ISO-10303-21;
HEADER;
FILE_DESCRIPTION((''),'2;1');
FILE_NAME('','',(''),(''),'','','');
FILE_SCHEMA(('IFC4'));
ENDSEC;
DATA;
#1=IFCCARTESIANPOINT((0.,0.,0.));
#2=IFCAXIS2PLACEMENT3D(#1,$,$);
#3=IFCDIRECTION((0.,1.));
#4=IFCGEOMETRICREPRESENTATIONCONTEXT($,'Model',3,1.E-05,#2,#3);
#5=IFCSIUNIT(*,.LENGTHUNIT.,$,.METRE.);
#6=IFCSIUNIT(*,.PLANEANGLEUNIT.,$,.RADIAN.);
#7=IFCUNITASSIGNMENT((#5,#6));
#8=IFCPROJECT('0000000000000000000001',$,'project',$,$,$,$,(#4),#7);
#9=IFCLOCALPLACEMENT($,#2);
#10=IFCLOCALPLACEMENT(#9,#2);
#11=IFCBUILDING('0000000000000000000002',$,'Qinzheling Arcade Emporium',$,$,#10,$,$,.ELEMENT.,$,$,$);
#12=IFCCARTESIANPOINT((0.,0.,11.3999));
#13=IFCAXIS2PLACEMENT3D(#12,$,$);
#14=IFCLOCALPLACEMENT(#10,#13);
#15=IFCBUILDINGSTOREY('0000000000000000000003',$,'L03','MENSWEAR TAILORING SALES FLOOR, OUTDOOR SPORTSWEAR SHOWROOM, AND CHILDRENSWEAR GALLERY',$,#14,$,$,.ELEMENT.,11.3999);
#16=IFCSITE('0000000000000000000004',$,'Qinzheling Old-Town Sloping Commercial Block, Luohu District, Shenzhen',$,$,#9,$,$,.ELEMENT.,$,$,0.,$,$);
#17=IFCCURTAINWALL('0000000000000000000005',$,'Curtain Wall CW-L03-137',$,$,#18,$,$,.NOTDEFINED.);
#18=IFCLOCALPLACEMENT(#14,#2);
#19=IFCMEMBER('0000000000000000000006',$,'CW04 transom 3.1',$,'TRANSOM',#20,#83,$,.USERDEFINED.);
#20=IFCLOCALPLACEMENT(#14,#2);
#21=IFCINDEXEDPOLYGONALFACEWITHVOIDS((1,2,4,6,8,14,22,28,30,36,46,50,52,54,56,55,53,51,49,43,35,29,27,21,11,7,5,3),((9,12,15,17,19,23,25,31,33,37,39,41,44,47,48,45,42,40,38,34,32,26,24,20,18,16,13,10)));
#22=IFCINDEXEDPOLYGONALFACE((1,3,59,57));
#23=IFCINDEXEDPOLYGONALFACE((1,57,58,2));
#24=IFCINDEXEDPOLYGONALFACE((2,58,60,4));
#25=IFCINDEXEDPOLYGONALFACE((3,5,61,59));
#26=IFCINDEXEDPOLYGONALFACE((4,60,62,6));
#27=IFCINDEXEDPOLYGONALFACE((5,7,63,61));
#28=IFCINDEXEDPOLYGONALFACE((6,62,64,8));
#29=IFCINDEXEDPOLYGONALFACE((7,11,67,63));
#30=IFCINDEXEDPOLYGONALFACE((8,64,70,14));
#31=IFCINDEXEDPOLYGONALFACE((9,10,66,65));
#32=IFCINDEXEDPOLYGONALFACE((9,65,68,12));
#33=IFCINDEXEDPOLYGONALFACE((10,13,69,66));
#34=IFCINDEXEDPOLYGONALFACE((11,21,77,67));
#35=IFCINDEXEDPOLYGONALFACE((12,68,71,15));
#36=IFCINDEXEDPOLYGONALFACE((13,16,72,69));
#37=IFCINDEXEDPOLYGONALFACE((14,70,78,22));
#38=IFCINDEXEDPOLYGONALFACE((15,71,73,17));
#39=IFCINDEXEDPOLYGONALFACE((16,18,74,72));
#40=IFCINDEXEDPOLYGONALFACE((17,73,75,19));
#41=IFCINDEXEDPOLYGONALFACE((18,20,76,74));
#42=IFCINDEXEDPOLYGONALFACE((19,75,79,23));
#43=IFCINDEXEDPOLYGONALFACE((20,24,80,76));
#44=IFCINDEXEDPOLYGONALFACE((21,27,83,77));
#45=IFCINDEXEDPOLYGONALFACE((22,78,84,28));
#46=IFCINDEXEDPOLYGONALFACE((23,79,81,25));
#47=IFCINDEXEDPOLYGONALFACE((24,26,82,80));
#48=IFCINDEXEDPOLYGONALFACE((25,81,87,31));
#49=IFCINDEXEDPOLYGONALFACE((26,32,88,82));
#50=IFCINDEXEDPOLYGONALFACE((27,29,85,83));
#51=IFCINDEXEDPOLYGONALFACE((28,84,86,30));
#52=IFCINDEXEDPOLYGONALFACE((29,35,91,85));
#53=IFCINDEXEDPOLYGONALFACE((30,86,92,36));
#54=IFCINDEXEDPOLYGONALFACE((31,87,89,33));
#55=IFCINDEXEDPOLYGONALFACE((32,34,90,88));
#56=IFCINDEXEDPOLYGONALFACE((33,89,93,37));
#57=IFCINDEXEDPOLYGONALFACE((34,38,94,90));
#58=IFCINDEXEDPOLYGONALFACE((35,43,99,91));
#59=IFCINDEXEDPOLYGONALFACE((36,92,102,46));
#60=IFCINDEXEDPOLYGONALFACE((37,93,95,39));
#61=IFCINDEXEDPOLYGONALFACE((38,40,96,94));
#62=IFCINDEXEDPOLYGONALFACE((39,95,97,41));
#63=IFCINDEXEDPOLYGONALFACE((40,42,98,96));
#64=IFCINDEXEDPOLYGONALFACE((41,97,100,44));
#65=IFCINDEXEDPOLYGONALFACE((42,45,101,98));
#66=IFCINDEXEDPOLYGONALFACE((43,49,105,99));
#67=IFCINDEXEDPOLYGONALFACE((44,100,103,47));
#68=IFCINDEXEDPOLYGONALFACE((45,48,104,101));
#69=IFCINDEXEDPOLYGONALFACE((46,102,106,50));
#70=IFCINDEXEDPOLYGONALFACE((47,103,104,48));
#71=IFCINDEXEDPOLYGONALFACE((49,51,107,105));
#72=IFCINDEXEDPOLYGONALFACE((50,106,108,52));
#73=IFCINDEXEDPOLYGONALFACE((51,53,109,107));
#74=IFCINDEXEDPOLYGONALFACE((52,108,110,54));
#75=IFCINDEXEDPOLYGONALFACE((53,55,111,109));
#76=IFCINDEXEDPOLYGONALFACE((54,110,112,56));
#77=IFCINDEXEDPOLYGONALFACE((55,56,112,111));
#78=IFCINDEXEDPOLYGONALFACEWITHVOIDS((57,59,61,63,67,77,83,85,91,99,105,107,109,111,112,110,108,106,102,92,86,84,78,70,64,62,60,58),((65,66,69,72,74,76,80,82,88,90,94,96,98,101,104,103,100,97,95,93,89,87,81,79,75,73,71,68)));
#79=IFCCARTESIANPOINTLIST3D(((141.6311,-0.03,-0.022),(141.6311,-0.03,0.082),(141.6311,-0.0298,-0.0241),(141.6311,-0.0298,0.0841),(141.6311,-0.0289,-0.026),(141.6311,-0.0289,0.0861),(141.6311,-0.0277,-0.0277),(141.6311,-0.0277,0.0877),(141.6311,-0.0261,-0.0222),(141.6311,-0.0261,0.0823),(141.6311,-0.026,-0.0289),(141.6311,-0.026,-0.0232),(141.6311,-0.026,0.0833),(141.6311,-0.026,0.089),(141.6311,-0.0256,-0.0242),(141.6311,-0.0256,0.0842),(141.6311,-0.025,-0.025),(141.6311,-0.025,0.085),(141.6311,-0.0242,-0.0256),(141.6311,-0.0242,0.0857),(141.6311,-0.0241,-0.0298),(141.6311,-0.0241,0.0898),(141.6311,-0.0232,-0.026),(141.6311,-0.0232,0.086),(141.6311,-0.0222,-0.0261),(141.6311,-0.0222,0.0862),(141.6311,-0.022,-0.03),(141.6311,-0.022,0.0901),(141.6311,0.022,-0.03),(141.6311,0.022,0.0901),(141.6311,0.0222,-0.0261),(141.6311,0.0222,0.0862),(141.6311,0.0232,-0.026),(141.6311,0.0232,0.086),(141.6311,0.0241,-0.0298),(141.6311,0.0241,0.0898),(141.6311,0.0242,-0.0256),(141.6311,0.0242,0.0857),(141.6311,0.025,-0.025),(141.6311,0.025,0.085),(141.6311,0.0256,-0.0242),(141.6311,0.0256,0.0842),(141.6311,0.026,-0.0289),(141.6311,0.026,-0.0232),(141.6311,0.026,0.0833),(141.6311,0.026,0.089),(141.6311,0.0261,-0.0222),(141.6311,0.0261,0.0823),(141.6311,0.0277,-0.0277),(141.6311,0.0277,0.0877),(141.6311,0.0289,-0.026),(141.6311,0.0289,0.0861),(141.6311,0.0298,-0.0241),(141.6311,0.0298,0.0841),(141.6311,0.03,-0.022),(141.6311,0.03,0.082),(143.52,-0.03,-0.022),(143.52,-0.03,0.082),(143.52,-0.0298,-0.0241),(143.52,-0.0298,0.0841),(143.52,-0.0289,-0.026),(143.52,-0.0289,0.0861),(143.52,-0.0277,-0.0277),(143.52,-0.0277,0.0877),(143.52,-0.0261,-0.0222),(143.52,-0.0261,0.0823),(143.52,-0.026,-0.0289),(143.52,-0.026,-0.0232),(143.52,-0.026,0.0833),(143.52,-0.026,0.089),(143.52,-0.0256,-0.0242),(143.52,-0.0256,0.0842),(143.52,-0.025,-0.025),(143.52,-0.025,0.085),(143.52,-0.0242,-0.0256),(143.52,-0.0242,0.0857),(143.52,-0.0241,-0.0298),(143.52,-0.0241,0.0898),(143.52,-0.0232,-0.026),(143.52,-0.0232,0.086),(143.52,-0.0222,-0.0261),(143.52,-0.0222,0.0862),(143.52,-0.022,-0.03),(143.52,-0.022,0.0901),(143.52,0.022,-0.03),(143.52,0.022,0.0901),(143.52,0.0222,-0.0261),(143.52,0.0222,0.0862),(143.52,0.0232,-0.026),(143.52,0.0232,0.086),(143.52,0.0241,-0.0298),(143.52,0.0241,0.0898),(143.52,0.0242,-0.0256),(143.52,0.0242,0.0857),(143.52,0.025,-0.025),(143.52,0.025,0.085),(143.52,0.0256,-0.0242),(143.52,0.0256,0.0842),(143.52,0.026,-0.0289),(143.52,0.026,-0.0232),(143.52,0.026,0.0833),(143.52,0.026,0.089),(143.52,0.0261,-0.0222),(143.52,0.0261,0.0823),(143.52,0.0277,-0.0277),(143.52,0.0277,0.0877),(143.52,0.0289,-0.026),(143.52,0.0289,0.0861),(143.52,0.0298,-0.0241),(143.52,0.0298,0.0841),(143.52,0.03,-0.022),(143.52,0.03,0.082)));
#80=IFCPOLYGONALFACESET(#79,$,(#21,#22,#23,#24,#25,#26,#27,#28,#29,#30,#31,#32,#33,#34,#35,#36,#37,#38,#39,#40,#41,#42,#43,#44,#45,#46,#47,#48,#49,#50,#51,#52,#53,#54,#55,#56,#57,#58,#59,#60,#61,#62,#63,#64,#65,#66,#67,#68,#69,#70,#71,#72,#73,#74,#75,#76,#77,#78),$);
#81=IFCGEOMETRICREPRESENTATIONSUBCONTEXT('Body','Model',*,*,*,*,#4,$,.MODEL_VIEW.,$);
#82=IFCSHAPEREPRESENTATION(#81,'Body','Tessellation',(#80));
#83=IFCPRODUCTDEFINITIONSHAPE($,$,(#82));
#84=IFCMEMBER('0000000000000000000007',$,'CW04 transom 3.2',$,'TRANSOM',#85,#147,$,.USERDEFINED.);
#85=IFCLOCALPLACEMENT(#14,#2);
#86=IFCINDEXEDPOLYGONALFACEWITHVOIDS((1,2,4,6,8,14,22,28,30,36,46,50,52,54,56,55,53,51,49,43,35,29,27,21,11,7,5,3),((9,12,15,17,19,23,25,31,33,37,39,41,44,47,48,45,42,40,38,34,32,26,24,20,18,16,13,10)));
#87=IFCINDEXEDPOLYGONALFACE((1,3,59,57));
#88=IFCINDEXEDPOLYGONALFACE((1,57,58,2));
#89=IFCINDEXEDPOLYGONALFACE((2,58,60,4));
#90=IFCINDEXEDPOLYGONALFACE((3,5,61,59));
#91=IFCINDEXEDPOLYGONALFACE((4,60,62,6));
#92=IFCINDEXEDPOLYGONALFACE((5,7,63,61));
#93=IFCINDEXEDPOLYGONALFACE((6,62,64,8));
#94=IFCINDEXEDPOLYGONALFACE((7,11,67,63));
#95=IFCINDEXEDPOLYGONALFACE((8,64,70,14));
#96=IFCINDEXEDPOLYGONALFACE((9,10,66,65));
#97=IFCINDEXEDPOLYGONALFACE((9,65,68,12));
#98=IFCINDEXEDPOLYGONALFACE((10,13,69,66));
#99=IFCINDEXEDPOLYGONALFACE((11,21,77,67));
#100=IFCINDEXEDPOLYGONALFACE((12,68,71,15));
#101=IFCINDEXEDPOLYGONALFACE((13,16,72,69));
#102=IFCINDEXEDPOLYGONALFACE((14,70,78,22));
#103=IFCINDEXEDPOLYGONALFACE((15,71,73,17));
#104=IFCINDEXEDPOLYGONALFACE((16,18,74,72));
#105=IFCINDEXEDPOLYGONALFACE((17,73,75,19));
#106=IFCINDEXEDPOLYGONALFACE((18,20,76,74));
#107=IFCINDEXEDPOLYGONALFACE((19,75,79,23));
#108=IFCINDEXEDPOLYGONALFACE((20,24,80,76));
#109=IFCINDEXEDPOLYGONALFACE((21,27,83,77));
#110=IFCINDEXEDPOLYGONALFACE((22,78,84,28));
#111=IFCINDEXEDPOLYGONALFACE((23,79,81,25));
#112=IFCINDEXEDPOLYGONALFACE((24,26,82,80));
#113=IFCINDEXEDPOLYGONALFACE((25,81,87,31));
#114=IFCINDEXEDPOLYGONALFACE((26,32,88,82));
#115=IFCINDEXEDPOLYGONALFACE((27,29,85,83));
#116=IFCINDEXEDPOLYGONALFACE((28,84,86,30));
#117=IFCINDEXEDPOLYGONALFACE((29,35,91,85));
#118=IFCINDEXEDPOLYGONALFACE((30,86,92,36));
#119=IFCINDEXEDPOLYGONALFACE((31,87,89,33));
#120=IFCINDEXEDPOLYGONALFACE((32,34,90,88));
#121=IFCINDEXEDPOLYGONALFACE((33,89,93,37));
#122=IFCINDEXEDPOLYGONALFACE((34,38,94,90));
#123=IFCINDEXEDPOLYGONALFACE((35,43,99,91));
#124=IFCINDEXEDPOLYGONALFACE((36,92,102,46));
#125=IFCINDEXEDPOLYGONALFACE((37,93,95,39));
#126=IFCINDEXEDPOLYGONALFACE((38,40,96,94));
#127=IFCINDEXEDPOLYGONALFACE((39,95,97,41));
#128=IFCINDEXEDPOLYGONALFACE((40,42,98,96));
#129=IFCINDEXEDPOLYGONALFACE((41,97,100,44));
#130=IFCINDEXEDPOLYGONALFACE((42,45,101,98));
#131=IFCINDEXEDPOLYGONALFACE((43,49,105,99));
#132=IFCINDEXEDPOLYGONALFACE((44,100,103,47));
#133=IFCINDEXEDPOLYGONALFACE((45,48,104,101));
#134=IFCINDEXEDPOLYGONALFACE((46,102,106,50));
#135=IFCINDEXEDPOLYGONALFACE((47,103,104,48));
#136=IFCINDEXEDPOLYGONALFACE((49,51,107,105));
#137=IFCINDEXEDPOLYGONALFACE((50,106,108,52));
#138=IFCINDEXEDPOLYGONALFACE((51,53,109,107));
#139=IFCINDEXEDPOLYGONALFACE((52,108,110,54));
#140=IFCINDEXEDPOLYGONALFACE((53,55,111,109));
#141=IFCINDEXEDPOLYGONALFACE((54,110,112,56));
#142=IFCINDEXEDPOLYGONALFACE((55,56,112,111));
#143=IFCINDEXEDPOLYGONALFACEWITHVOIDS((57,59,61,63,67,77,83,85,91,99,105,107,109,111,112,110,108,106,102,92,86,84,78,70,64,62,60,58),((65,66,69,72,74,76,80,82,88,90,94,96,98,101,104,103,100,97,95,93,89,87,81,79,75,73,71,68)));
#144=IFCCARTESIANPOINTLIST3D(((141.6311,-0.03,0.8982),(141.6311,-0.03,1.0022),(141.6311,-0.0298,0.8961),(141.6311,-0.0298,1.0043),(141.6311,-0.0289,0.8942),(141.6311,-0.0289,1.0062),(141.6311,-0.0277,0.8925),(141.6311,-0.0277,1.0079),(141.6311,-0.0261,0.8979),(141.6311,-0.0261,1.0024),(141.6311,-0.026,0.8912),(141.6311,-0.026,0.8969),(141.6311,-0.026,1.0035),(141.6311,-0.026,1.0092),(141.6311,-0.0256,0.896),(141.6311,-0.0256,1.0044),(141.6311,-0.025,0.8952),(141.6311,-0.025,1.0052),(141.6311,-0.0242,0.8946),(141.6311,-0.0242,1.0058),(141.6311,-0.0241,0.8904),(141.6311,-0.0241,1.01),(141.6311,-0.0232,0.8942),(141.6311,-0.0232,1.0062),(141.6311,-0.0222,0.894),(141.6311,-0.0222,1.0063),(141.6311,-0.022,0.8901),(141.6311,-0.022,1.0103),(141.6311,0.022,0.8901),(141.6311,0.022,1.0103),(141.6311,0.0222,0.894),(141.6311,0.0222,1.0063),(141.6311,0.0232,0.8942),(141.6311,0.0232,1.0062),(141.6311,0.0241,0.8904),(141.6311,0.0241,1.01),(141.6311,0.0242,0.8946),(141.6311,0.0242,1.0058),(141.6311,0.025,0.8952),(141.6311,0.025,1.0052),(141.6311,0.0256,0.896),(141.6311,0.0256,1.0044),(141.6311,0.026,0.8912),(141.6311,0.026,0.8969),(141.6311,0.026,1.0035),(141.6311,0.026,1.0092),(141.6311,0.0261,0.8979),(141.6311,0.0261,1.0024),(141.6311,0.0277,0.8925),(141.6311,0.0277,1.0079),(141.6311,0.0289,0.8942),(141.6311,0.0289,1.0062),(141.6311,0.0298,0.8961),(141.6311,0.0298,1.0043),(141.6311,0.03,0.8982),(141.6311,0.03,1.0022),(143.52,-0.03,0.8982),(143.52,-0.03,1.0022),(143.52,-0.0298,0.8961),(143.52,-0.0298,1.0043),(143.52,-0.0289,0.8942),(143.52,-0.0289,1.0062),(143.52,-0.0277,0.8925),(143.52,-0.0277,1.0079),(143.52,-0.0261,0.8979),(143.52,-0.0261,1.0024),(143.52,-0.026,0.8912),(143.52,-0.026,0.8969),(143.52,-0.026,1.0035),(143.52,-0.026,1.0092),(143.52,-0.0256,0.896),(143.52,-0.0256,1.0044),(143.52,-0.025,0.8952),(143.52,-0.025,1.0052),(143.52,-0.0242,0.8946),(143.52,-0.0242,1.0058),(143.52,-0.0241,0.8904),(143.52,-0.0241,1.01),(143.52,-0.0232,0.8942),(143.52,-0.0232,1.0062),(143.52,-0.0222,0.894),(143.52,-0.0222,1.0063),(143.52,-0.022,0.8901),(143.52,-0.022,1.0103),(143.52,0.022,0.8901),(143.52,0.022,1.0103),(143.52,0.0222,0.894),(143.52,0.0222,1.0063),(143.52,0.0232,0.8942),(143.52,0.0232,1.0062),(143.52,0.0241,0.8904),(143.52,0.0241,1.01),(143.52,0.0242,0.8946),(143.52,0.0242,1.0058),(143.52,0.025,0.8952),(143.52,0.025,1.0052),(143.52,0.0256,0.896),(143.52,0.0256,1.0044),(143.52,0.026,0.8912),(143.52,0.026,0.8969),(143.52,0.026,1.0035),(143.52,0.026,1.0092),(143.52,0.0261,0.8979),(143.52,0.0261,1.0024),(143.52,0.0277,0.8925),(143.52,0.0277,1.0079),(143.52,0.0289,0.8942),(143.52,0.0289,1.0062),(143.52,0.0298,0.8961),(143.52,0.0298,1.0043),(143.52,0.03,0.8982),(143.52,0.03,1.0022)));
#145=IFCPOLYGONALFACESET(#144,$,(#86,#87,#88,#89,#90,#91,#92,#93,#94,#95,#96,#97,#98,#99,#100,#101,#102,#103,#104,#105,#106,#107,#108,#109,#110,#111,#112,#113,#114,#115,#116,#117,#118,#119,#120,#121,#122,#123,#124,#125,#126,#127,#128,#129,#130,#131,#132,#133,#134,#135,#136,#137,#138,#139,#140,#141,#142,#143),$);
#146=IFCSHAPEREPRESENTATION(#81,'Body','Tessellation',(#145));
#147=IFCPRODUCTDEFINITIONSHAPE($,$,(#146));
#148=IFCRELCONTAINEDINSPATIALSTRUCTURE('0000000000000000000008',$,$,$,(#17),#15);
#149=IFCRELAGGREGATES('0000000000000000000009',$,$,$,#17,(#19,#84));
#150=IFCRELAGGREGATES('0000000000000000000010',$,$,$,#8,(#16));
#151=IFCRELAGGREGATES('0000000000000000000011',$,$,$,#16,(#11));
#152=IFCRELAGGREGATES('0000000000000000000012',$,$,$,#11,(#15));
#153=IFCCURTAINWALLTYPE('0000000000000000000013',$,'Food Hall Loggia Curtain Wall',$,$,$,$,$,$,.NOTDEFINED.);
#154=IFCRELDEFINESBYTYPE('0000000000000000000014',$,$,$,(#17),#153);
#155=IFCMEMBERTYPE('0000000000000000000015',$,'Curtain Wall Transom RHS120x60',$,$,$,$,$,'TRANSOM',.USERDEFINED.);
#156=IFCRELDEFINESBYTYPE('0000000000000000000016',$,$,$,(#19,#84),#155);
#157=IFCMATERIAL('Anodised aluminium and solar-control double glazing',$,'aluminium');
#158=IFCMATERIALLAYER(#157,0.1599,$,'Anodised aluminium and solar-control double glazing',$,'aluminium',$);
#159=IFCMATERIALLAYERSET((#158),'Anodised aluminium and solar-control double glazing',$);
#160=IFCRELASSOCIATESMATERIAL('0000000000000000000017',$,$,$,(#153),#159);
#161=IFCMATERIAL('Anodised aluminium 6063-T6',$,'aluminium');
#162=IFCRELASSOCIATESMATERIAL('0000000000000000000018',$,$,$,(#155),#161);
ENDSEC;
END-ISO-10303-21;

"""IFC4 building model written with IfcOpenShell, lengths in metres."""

from ifc_helpers import new_model, si_unit, direction, frame, origin, origin_2d, place, context, subcontext, project, spatial, hollow_rectangle, extrude, material, layer, layer_set, material_profile, profile_set, type_object, element, aggregate, save


model = new_model("IFC4")

# Units and contexts
model_context = context("Model", 3, precision=1e-05, world=origin(), true_north=direction((0.0, 1.0)))
body_context = subcontext(model_context, "Body", "Model", "MODEL_VIEW")
ifc_project = project(units=[si_unit("LENGTHUNIT", "METRE"), si_unit("PLANEANGLEUNIT", "RADIAN")], contexts=[model_context])

# Site, building, storey
site_placement = place(None, origin())
site = spatial("IfcSite", under=ifc_project, at=site_placement, Name="Qinzheling Old-Town Sloping Commercial Block, Luohu District, Shenzhen", CompositionType="ELEMENT", RefElevation=0.0)
building_placement = place(site_placement, origin())
building = spatial("IfcBuilding", under=site, at=building_placement, Name="Qinzheling Arcade Emporium", CompositionType="ELEMENT")
storey_placement = place(building_placement, frame((0.0, 0.0, 11.3999)))
storey = spatial("IfcBuildingStorey", under=building, at=storey_placement, Name="L03", Description="MENSWEAR TAILORING SALES FLOOR, OUTDOOR SPORTSWEAR SHOWROOM, AND CHILDRENSWEAR GALLERY", CompositionType="ELEMENT", Elevation=11.3999)

# Curtain wall, members
ifc_material_1 = material(Name="Anodised aluminium and solar-control double glazing", Category="aluminium")
ifc_layer_1 = layer(ifc_material_1, 0.1599, Name="Anodised aluminium and solar-control double glazing", Category="aluminium")
ifc_layer_set_1 = layer_set([ifc_layer_1], Name="Anodised aluminium and solar-control double glazing")
curtain_wall_type = type_object("IfcCurtainWallType", Name="Food Hall Loggia Curtain Wall", PredefinedType="NOTDEFINED", material=ifc_layer_set_1)
curtain_wall_placement = place(storey_placement, origin())
curtain_wall = element("IfcCurtainWall", 1, at=curtain_wall_placement, inside=storey, type_object=curtain_wall_type, Name="Curtain Wall CW-L03-137", PredefinedType="NOTDEFINED")
ifc_material_2 = material(Name="Anodised aluminium 6063-T6", Category="aluminium")
ifc_material_profile_1 = material_profile(ifc_material_2, hollow_rectangle(XDim=0.0601, YDim=0.1201, WallThickness=0.0039, InnerFilletRadius=0.0039, OuterFilletRadius=0.0081, at=origin_2d()), Name="RHS 120x60x4", Category="aluminium")
ifc_profile_set_1 = profile_set([ifc_material_profile_1], Name="Anodised aluminium 6063-T6")
member_type_1 = type_object("IfcMemberType", Name="Curtain Wall Transom RHS120x60", ElementType="TRANSOM", PredefinedType="USERDEFINED", material=ifc_profile_set_1)
member_1_placement = place(storey_placement, frame((143.52, 0.0, 0.03), z_axis=(-1.0, 0.0, 0.0), x_axis=(0.0, -1.0, 0.0)))
member_1 = element("IfcMember", 2, at=member_1_placement, type_object=member_type_1, Name="CW04 transom 3.1", ObjectType="TRANSOM", PredefinedType="USERDEFINED", context=body_context, shape_type="SweptSolid", body=[
    extrude(hollow_rectangle(XDim=0.0601, YDim=0.1201, WallThickness=0.0039, InnerFilletRadius=0.0039, OuterFilletRadius=0.0081, at=origin_2d()), origin(), (0.0, 0.0, 1.0), 1.8889),
])
member_2_placement = place(storey_placement, frame((143.52, 0.0, 0.9502), z_axis=(-1.0, 0.0, 0.0), x_axis=(0.0, -1.0, 0.0)))
member_2 = element("IfcMember", 3, at=member_2_placement, type_object=member_type_1, Name="CW04 transom 3.2", ObjectType="TRANSOM", PredefinedType="USERDEFINED", context=body_context, shape_type="SweptSolid", body=[
    extrude(hollow_rectangle(XDim=0.0601, YDim=0.1201, WallThickness=0.0039, InnerFilletRadius=0.0039, OuterFilletRadius=0.0081, at=origin_2d()), origin(), (0.0, 0.0, 1.0), 1.8889),
])
aggregate(curtain_wall, [member_1, member_2])

save(model, "model.ifc")
